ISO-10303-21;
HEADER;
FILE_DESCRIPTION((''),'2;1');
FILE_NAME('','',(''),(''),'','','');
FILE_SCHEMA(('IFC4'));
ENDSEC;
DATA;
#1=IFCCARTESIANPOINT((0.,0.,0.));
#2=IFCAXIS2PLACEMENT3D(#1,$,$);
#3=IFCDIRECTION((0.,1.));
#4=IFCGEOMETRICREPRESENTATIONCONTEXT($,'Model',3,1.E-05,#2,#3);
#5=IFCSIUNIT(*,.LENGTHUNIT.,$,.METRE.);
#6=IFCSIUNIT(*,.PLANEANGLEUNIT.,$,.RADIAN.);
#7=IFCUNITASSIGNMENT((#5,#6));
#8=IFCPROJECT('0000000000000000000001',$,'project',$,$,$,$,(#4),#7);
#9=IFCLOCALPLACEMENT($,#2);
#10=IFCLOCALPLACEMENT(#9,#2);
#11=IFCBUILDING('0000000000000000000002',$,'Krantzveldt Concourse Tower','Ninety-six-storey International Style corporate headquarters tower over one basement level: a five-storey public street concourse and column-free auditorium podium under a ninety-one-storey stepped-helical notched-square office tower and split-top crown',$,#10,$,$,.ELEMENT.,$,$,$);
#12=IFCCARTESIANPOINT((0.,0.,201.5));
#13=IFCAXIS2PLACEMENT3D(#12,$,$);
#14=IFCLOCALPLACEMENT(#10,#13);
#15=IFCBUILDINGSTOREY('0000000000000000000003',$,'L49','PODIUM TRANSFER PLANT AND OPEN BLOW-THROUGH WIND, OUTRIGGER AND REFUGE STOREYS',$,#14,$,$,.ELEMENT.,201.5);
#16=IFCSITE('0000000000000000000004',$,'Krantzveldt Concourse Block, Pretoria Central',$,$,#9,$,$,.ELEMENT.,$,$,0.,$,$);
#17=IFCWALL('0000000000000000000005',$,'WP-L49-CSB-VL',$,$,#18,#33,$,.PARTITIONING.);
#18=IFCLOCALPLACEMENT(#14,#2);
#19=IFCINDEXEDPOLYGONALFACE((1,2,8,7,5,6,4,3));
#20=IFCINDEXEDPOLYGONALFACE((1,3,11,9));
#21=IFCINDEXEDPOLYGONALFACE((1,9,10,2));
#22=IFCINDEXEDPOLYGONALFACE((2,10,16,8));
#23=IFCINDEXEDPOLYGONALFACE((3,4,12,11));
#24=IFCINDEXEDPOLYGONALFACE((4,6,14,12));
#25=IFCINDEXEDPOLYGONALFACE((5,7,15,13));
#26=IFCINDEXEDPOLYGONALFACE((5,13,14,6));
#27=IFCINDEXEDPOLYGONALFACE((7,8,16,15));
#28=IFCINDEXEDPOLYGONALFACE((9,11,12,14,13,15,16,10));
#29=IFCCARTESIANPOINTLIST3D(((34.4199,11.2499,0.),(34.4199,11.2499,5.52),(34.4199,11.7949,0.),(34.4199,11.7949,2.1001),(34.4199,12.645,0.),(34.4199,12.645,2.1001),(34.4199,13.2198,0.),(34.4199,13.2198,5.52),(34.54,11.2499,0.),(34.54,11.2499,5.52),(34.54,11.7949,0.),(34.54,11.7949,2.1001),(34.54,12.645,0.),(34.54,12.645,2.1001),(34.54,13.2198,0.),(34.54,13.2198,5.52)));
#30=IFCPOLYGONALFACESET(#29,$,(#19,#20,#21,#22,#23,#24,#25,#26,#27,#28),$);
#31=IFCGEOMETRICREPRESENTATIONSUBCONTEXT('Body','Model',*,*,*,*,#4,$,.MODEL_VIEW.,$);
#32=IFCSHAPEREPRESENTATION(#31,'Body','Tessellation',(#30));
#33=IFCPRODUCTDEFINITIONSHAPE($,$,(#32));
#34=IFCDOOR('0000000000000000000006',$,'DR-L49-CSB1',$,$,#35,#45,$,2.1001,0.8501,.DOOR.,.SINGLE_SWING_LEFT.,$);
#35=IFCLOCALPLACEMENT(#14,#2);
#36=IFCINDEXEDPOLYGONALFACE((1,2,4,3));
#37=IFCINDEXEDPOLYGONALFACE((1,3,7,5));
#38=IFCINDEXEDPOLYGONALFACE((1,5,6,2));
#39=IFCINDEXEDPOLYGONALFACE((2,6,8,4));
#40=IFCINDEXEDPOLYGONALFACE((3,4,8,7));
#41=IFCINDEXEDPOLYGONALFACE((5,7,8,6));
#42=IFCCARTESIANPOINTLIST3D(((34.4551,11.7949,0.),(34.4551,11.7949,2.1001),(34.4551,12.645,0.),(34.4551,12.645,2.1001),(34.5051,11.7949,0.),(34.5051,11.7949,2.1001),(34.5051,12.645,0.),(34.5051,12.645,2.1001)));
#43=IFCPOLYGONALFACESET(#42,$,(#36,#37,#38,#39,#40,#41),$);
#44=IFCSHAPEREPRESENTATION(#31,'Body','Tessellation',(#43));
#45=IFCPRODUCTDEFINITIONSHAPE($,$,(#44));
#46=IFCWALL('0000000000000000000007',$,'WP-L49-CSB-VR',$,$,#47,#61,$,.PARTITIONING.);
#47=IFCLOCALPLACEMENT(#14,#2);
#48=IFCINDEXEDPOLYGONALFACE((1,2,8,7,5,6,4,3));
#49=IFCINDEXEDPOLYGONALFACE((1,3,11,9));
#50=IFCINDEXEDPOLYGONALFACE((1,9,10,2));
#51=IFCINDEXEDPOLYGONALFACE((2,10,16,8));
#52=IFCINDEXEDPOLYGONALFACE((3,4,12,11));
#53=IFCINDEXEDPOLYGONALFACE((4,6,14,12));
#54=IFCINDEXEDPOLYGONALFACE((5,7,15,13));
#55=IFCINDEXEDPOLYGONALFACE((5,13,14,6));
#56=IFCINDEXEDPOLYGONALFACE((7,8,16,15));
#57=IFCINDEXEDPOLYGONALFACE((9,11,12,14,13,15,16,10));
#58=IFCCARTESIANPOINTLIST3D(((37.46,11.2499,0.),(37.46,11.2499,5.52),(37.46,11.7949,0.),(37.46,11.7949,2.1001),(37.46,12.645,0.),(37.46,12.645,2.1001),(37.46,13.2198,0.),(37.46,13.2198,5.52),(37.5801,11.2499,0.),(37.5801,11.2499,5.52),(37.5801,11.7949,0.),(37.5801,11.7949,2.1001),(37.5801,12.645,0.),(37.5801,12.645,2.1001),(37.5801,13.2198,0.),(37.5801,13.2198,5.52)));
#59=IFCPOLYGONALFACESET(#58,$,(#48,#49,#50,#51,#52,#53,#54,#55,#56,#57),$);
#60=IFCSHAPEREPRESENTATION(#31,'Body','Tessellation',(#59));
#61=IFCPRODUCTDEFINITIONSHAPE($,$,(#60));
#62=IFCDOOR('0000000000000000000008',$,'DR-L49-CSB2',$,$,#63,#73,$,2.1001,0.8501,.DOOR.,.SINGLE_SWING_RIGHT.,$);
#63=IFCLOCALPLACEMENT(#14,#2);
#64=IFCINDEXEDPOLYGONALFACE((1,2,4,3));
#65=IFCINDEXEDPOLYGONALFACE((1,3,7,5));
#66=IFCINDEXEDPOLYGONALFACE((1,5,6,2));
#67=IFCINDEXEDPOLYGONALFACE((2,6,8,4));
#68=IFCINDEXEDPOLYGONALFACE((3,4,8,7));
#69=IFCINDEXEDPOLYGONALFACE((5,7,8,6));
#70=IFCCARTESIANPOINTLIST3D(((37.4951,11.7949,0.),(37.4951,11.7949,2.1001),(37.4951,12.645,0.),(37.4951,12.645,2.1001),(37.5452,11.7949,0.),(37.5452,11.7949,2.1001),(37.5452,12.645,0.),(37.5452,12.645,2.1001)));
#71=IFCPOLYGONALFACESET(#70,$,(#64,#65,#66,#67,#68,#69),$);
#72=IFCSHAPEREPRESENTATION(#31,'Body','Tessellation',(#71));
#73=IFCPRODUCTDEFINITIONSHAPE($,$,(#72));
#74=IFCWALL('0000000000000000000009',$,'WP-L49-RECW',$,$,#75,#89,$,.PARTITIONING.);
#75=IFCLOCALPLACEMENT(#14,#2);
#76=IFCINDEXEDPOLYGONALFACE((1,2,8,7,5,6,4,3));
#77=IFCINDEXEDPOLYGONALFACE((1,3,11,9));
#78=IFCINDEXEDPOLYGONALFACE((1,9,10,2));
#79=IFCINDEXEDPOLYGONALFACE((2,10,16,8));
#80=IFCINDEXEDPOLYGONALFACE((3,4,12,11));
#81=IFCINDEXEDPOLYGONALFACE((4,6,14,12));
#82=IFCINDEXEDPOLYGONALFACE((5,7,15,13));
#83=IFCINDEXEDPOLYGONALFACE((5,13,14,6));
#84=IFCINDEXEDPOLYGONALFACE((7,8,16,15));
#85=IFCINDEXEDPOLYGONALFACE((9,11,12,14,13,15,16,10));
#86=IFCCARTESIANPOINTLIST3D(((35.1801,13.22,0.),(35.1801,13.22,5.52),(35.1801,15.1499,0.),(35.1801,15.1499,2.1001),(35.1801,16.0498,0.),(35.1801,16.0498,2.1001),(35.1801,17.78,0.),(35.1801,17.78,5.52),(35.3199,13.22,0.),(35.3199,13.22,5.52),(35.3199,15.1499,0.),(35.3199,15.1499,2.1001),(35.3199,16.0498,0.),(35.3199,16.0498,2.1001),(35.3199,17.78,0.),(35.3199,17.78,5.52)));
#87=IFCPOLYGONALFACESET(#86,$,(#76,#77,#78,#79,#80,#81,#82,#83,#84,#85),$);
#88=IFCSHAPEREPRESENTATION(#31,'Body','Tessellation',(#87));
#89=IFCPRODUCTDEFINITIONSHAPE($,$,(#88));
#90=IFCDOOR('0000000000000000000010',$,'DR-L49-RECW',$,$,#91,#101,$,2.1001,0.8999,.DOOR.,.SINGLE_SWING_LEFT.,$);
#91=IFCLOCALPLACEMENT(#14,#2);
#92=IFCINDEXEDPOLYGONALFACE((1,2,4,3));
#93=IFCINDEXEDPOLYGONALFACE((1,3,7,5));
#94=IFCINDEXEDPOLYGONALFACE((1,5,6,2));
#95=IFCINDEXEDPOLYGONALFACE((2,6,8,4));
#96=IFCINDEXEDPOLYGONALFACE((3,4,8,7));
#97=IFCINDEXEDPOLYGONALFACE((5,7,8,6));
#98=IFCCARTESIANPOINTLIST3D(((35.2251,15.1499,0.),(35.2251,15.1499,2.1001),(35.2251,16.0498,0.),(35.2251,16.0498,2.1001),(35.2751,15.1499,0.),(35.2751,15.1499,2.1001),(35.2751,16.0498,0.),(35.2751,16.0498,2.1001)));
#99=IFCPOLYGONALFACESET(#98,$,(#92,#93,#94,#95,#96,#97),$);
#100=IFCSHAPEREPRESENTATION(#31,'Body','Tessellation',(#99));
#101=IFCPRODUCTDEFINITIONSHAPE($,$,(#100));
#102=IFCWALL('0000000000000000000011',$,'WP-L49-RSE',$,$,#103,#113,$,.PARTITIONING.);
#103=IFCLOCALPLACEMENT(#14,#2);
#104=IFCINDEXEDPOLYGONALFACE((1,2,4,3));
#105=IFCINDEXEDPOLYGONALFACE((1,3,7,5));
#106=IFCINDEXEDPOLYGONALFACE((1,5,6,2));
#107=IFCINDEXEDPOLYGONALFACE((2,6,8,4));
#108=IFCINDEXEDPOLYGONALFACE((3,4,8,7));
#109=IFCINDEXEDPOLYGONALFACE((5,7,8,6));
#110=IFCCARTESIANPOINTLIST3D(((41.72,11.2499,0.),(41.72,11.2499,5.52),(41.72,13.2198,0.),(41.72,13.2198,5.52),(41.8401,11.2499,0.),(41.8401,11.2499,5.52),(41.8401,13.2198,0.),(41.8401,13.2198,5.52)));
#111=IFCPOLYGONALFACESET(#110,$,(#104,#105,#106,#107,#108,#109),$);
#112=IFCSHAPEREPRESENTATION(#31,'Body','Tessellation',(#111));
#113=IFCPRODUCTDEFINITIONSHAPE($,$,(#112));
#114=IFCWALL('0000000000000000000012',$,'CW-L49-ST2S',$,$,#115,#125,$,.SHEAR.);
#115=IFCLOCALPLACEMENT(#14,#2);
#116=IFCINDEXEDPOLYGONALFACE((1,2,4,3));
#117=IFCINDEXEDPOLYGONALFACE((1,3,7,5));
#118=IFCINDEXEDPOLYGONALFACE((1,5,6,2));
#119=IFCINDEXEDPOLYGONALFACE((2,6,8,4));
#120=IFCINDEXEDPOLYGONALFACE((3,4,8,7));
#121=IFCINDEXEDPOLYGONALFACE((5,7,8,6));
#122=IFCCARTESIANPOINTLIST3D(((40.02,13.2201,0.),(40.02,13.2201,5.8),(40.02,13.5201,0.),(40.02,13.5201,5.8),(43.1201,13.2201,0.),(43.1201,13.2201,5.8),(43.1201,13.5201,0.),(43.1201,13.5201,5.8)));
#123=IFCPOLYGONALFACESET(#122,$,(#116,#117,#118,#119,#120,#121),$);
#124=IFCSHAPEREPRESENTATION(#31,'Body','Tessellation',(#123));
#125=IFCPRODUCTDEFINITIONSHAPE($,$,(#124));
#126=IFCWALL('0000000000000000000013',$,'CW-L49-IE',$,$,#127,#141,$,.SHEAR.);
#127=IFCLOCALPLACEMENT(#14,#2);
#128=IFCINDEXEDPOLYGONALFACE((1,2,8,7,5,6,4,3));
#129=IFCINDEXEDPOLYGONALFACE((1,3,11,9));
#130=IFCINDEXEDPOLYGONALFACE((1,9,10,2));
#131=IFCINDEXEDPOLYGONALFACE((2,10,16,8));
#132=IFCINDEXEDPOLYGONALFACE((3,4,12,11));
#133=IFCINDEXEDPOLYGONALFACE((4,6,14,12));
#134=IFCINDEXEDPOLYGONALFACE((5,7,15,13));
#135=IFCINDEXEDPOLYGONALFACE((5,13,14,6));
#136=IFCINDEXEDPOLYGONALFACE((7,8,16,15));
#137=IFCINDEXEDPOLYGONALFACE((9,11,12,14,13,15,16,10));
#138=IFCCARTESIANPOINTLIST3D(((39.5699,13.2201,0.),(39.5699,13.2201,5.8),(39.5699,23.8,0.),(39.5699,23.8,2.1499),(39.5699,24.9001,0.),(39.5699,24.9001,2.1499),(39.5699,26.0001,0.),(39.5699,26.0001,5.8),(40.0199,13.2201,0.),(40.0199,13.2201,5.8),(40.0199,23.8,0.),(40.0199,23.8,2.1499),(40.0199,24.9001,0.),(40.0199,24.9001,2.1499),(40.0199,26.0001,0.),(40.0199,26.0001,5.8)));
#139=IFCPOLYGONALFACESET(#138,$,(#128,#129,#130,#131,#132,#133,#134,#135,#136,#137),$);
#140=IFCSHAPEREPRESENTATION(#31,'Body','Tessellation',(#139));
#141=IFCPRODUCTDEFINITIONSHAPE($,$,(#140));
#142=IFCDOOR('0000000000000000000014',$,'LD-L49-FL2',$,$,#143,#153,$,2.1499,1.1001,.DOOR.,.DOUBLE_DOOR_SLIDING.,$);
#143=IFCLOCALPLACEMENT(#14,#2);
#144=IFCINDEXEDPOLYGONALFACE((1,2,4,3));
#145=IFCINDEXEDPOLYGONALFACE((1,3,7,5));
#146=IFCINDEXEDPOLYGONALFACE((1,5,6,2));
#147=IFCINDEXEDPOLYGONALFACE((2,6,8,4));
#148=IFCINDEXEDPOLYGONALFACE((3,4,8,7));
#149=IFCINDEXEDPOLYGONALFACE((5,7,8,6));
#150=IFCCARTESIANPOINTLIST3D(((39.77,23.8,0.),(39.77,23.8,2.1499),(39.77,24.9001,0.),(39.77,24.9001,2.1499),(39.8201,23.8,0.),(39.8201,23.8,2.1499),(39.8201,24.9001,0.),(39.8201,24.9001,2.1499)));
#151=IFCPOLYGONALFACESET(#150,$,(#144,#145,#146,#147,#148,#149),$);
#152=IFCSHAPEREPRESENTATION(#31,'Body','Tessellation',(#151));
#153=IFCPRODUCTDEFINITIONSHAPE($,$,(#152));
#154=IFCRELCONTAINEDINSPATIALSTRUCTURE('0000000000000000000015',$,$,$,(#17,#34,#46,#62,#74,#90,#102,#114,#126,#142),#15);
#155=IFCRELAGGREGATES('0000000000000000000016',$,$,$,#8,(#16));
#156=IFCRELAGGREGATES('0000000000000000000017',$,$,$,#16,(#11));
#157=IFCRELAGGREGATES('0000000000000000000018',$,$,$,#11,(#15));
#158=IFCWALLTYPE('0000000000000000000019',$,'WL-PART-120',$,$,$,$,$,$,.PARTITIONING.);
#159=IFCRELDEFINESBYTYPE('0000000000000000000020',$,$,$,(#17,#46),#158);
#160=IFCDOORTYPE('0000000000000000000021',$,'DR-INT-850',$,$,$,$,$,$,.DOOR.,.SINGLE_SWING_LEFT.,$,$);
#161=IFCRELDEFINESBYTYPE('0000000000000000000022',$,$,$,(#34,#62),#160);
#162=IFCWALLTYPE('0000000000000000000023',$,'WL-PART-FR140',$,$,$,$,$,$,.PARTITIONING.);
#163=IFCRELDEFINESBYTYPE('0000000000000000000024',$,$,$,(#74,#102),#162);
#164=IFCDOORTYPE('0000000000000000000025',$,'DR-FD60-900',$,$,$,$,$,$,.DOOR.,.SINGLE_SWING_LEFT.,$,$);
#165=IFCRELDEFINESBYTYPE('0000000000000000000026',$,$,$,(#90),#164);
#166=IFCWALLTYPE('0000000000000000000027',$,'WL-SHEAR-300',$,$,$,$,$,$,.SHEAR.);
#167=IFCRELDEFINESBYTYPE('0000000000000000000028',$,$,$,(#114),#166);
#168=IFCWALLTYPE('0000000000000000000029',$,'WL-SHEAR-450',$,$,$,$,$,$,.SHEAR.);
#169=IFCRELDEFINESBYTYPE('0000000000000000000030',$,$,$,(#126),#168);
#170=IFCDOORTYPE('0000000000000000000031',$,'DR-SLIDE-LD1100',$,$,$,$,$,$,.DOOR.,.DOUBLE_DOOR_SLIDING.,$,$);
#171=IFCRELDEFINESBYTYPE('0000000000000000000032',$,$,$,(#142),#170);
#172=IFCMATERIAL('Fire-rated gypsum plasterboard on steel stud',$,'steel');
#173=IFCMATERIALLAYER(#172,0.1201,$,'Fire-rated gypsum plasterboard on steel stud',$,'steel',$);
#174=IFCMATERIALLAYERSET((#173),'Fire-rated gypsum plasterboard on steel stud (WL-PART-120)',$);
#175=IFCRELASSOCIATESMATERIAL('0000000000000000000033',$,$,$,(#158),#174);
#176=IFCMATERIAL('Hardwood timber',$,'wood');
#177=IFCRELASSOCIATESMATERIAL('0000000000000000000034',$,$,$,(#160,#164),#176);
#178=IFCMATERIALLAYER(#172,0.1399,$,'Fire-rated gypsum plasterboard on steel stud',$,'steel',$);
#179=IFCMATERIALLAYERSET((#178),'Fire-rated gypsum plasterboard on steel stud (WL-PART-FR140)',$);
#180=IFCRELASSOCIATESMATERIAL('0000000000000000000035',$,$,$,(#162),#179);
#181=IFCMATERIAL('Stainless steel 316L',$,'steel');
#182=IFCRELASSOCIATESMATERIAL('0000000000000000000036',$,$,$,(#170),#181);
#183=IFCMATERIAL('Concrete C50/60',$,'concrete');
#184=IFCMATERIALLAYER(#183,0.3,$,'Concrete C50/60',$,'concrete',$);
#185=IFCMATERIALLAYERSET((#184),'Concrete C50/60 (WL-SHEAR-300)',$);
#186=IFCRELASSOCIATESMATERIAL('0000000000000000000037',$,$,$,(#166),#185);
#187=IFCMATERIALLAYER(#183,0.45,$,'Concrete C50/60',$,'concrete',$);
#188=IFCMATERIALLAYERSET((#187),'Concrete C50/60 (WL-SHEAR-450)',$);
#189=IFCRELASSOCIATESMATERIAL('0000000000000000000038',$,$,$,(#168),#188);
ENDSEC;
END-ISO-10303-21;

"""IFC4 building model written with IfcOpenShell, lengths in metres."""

from ifc_helpers import new_model, si_unit, direction, frame, frame_2d, origin, place, context, subcontext, project, spatial, rectangle, extrude, material, layer, layer_set, type_object, element, fill, save


model = new_model("IFC4")

# Units and contexts
model_context = context("Model", 3, precision=1e-05, world=origin(), true_north=direction((0.0, 1.0)))
body_context = subcontext(model_context, "Body", "Model", "MODEL_VIEW")
ifc_project = project(units=[si_unit("LENGTHUNIT", "METRE"), si_unit("PLANEANGLEUNIT", "RADIAN")], contexts=[model_context])

# Site, building, storey
site_placement = place(None, origin())
site = spatial("IfcSite", under=ifc_project, at=site_placement, Name="Krantzveldt Concourse Block, Pretoria Central", CompositionType="ELEMENT", RefElevation=0.0)
building_placement = place(site_placement, origin())
building = spatial("IfcBuilding", under=site, at=building_placement, Name="Krantzveldt Concourse Tower", Description="Ninety-six-storey International Style corporate headquarters tower over one basement level: a five-storey public street concourse and column-free auditorium podium under a ninety-one-storey stepped-helical notched-square office tower and split-top crown", CompositionType="ELEMENT")
storey_placement = place(building_placement, frame((0.0, 0.0, 201.5)))
storey = spatial("IfcBuildingStorey", under=building, at=storey_placement, Name="L49", Description="PODIUM TRANSFER PLANT AND OPEN BLOW-THROUGH WIND, OUTRIGGER AND REFUGE STOREYS", CompositionType="ELEMENT", Elevation=201.5)

# Walls, openings, doors
ifc_material_1 = material(Name="Fire-rated gypsum plasterboard on steel stud", Category="steel")
ifc_layer_1 = layer(ifc_material_1, 0.1201, Name="Fire-rated gypsum plasterboard on steel stud", Category="steel")
ifc_layer_set_1 = layer_set([ifc_layer_1], Name="Fire-rated gypsum plasterboard on steel stud (WL-PART-120)")
wall_type_1 = type_object("IfcWallType", Name="WL-PART-120", PredefinedType="PARTITIONING", material=ifc_layer_set_1)
wall_1_placement = place(storey_placement, frame((34.48, 11.25, 0.0), z_axis=(0.0, 0.0, 1.0), x_axis=(0.0, 1.0, 0.0)))
wall_1 = element("IfcWall", 1, at=wall_1_placement, inside=storey, type_object=wall_type_1, Name="WP-L49-CSB-VL", PredefinedType="PARTITIONING", context=body_context, shape_type="SweptSolid", body=[
    extrude(rectangle(XDim=1.97, YDim=0.1201, at=frame_2d((0.9849, 0.0))), origin(), (0.0, 0.0, 1.0), 5.52),
])
opening_1_placement = place(wall_1_placement, frame((0.5449, 0.0, 0.0)))
opening_1 = element("IfcOpeningElement", 2, at=opening_1_placement, cuts=wall_1, PredefinedType="OPENING", context=body_context, shape_type="SweptSolid", body=[
    extrude(rectangle(XDim=0.8501, YDim=2.1001, at=frame_2d((0.425, 1.05))), frame((0.0, 0.0701, 0.0), z_axis=(0.0, -1.0, 0.0), x_axis=(1.0, 0.0, 0.0)), (0.0, 0.0, 1.0), 0.1401),
])
ifc_material_2 = material(Name="Hardwood timber", Category="wood")
door_type_1 = type_object("IfcDoorType", Name="DR-INT-850", OperationType="SINGLE_SWING_LEFT", PredefinedType="DOOR", material=ifc_material_2)
door_1_placement = place(opening_1_placement, origin())
door_1 = element("IfcDoor", 3, at=door_1_placement, inside=storey, type_object=door_type_1, Name="DR-L49-CSB1", OperationType="SINGLE_SWING_LEFT", OverallHeight=2.1001, OverallWidth=0.8501, PredefinedType="DOOR", context=body_context, shape_type="SweptSolid", body=[
    extrude(rectangle(XDim=0.8501, YDim=2.1001, at=frame_2d((0.425, 1.05))), frame((0.0, 0.0249, 0.0), z_axis=(0.0, -1.0, 0.0), x_axis=(1.0, 0.0, 0.0)), (0.0, 0.0, 1.0), 0.05),
])
fill(opening_1, door_1)
wall_2_placement = place(storey_placement, frame((37.52, 11.25, 0.0), z_axis=(0.0, 0.0, 1.0), x_axis=(0.0, 1.0, 0.0)))
wall_2 = element("IfcWall", 4, at=wall_2_placement, inside=storey, type_object=wall_type_1, Name="WP-L49-CSB-VR", PredefinedType="PARTITIONING", context=body_context, shape_type="SweptSolid", body=[
    extrude(rectangle(XDim=1.97, YDim=0.1201, at=frame_2d((0.9849, 0.0))), origin(), (0.0, 0.0, 1.0), 5.52),
])
opening_2_placement = place(wall_2_placement, frame((0.5449, 0.0, 0.0)))
opening_2 = element("IfcOpeningElement", 5, at=opening_2_placement, cuts=wall_2, PredefinedType="OPENING", context=body_context, shape_type="SweptSolid", body=[
    extrude(rectangle(XDim=0.8501, YDim=2.1001, at=frame_2d((0.425, 1.05))), frame((0.0, 0.0701, 0.0), z_axis=(0.0, -1.0, 0.0), x_axis=(1.0, 0.0, 0.0)), (0.0, 0.0, 1.0), 0.1401),
])
door_2_placement = place(opening_2_placement, origin())
door_2 = element("IfcDoor", 6, at=door_2_placement, inside=storey, type_object=door_type_1, Name="DR-L49-CSB2", OperationType="SINGLE_SWING_RIGHT", OverallHeight=2.1001, OverallWidth=0.8501, PredefinedType="DOOR", context=body_context, shape_type="SweptSolid", body=[
    extrude(rectangle(XDim=0.8501, YDim=2.1001, at=frame_2d((0.425, 1.05))), frame((0.0, 0.0249, 0.0), z_axis=(0.0, -1.0, 0.0), x_axis=(1.0, 0.0, 0.0)), (0.0, 0.0, 1.0), 0.05),
])
fill(opening_2, door_2)
ifc_layer_2 = layer(ifc_material_1, 0.1399, Name="Fire-rated gypsum plasterboard on steel stud", Category="steel")
ifc_layer_set_2 = layer_set([ifc_layer_2], Name="Fire-rated gypsum plasterboard on steel stud (WL-PART-FR140)")
wall_type_2 = type_object("IfcWallType", Name="WL-PART-FR140", PredefinedType="PARTITIONING", material=ifc_layer_set_2)
wall_3_placement = place(storey_placement, frame((35.25, 13.22, 0.0), z_axis=(0.0, 0.0, 1.0), x_axis=(0.0, 1.0, 0.0)))
wall_3 = element("IfcWall", 7, at=wall_3_placement, inside=storey, type_object=wall_type_2, Name="WP-L49-RECW", PredefinedType="PARTITIONING", context=body_context, shape_type="SweptSolid", body=[
    extrude(rectangle(XDim=4.5601, YDim=0.1399, at=frame_2d((2.28, 0.0))), origin(), (0.0, 0.0, 1.0), 5.52),
])
opening_3_placement = place(wall_3_placement, frame((1.9299, 0.0, 0.0)))
opening_3 = element("IfcOpeningElement", 8, at=opening_3_placement, cuts=wall_3, PredefinedType="OPENING", context=body_context, shape_type="SweptSolid", body=[
    extrude(rectangle(XDim=0.8999, YDim=2.1001, at=frame_2d((0.45, 1.05))), frame((0.0, 0.0801, 0.0), z_axis=(0.0, -1.0, 0.0), x_axis=(1.0, 0.0, 0.0)), (0.0, 0.0, 1.0), 0.1599),
])
door_type_2 = type_object("IfcDoorType", Name="DR-FD60-900", OperationType="SINGLE_SWING_LEFT", PredefinedType="DOOR", material=ifc_material_2)
door_3_placement = place(opening_3_placement, origin())
door_3 = element("IfcDoor", 9, at=door_3_placement, inside=storey, type_object=door_type_2, Name="DR-L49-RECW", OperationType="SINGLE_SWING_LEFT", OverallHeight=2.1001, OverallWidth=0.8999, PredefinedType="DOOR", context=body_context, shape_type="SweptSolid", body=[
    extrude(rectangle(XDim=0.8999, YDim=2.1001, at=frame_2d((0.45, 1.05))), frame((0.0, 0.0249, 0.0), z_axis=(0.0, -1.0, 0.0), x_axis=(1.0, 0.0, 0.0)), (0.0, 0.0, 1.0), 0.05),
])
fill(opening_3, door_3)

# Shared definitions
ifc_material_3 = material(Name="Stainless steel 316L", Category="steel")
door_type_3 = type_object("IfcDoorType", Name="DR-SLIDE-LD1100", OperationType="DOUBLE_DOOR_SLIDING", PredefinedType="DOOR", material=ifc_material_3)

# Walls
wall_4_placement = place(storey_placement, frame((41.78, 11.25, 0.0), z_axis=(0.0, 0.0, 1.0), x_axis=(0.0, 1.0, 0.0)))
element("IfcWall", 10, at=wall_4_placement, inside=storey, type_object=wall_type_2, Name="WP-L49-RSE", PredefinedType="PARTITIONING", context=body_context, shape_type="SweptSolid", body=[
    extrude(rectangle(XDim=1.97, YDim=0.1201, at=frame_2d((0.9849, 0.0))), origin(), (0.0, 0.0, 1.0), 5.52),
])
ifc_material_4 = material(Name="Concrete C50/60", Category="concrete")
ifc_layer_3 = layer(ifc_material_4, 0.3, Name="Concrete C50/60", Category="concrete")
ifc_layer_set_3 = layer_set([ifc_layer_3], Name="Concrete C50/60 (WL-SHEAR-300)")
wall_type_3 = type_object("IfcWallType", Name="WL-SHEAR-300", PredefinedType="SHEAR", material=ifc_layer_set_3)
wall_5_placement = place(storey_placement, frame((40.02, 13.3701, 0.0), z_axis=(0.0, 0.0, 1.0), x_axis=(1.0, 0.0, 0.0)))
element("IfcWall", 11, at=wall_5_placement, inside=storey, type_object=wall_type_3, Name="CW-L49-ST2S", PredefinedType="SHEAR", context=body_context, shape_type="SweptSolid", body=[
    extrude(rectangle(XDim=3.1001, YDim=0.3, at=frame_2d((1.55, 0.0))), origin(), (0.0, 0.0, 1.0), 5.8),
])

# Wall, opening, door
ifc_layer_4 = layer(ifc_material_4, 0.45, Name="Concrete C50/60", Category="concrete")
ifc_layer_set_4 = layer_set([ifc_layer_4], Name="Concrete C50/60 (WL-SHEAR-450)")
wall_type_4 = type_object("IfcWallType", Name="WL-SHEAR-450", PredefinedType="SHEAR", material=ifc_layer_set_4)
wall_6_placement = place(storey_placement, frame((39.7949, 13.22, 0.0), z_axis=(0.0, 0.0, 1.0), x_axis=(0.0, 1.0, 0.0)))
wall_6 = element("IfcWall", 12, at=wall_6_placement, inside=storey, type_object=wall_type_4, Name="CW-L49-IE", PredefinedType="SHEAR", context=body_context, shape_type="SweptSolid", body=[
    extrude(rectangle(XDim=12.78, YDim=0.45, at=frame_2d((6.3901, 0.0))), origin(), (0.0, 0.0, 1.0), 5.8),
])
opening_4_placement = place(wall_6_placement, frame((10.5801, 0.0, 0.0)))
opening_4 = element("IfcOpeningElement", 13, at=opening_4_placement, cuts=wall_6, PredefinedType="OPENING", context=body_context, shape_type="SweptSolid", body=[
    extrude(rectangle(XDim=1.1001, YDim=2.1499, at=frame_2d((0.55, 1.075))), frame((0.0, 0.2349, 0.0), z_axis=(0.0, -1.0, 0.0), x_axis=(1.0, 0.0, 0.0)), (0.0, 0.0, 1.0), 0.47),
])
door_4_placement = place(opening_4_placement, origin())
door_4 = element("IfcDoor", 14, at=door_4_placement, inside=storey, type_object=door_type_3, Name="LD-L49-FL2", OperationType="DOUBLE_DOOR_SLIDING", OverallHeight=2.1499, OverallWidth=1.1001, PredefinedType="DOOR", context=body_context, shape_type="SweptSolid", body=[
    extrude(rectangle(XDim=1.1001, YDim=2.1499, at=frame_2d((0.55, 1.075))), frame((0.0, 0.0249, 0.0), z_axis=(0.0, -1.0, 0.0), x_axis=(1.0, 0.0, 0.0)), (0.0, 0.0, 1.0), 0.05),
])
fill(opening_4, door_4)

save(model, "model.ifc")
